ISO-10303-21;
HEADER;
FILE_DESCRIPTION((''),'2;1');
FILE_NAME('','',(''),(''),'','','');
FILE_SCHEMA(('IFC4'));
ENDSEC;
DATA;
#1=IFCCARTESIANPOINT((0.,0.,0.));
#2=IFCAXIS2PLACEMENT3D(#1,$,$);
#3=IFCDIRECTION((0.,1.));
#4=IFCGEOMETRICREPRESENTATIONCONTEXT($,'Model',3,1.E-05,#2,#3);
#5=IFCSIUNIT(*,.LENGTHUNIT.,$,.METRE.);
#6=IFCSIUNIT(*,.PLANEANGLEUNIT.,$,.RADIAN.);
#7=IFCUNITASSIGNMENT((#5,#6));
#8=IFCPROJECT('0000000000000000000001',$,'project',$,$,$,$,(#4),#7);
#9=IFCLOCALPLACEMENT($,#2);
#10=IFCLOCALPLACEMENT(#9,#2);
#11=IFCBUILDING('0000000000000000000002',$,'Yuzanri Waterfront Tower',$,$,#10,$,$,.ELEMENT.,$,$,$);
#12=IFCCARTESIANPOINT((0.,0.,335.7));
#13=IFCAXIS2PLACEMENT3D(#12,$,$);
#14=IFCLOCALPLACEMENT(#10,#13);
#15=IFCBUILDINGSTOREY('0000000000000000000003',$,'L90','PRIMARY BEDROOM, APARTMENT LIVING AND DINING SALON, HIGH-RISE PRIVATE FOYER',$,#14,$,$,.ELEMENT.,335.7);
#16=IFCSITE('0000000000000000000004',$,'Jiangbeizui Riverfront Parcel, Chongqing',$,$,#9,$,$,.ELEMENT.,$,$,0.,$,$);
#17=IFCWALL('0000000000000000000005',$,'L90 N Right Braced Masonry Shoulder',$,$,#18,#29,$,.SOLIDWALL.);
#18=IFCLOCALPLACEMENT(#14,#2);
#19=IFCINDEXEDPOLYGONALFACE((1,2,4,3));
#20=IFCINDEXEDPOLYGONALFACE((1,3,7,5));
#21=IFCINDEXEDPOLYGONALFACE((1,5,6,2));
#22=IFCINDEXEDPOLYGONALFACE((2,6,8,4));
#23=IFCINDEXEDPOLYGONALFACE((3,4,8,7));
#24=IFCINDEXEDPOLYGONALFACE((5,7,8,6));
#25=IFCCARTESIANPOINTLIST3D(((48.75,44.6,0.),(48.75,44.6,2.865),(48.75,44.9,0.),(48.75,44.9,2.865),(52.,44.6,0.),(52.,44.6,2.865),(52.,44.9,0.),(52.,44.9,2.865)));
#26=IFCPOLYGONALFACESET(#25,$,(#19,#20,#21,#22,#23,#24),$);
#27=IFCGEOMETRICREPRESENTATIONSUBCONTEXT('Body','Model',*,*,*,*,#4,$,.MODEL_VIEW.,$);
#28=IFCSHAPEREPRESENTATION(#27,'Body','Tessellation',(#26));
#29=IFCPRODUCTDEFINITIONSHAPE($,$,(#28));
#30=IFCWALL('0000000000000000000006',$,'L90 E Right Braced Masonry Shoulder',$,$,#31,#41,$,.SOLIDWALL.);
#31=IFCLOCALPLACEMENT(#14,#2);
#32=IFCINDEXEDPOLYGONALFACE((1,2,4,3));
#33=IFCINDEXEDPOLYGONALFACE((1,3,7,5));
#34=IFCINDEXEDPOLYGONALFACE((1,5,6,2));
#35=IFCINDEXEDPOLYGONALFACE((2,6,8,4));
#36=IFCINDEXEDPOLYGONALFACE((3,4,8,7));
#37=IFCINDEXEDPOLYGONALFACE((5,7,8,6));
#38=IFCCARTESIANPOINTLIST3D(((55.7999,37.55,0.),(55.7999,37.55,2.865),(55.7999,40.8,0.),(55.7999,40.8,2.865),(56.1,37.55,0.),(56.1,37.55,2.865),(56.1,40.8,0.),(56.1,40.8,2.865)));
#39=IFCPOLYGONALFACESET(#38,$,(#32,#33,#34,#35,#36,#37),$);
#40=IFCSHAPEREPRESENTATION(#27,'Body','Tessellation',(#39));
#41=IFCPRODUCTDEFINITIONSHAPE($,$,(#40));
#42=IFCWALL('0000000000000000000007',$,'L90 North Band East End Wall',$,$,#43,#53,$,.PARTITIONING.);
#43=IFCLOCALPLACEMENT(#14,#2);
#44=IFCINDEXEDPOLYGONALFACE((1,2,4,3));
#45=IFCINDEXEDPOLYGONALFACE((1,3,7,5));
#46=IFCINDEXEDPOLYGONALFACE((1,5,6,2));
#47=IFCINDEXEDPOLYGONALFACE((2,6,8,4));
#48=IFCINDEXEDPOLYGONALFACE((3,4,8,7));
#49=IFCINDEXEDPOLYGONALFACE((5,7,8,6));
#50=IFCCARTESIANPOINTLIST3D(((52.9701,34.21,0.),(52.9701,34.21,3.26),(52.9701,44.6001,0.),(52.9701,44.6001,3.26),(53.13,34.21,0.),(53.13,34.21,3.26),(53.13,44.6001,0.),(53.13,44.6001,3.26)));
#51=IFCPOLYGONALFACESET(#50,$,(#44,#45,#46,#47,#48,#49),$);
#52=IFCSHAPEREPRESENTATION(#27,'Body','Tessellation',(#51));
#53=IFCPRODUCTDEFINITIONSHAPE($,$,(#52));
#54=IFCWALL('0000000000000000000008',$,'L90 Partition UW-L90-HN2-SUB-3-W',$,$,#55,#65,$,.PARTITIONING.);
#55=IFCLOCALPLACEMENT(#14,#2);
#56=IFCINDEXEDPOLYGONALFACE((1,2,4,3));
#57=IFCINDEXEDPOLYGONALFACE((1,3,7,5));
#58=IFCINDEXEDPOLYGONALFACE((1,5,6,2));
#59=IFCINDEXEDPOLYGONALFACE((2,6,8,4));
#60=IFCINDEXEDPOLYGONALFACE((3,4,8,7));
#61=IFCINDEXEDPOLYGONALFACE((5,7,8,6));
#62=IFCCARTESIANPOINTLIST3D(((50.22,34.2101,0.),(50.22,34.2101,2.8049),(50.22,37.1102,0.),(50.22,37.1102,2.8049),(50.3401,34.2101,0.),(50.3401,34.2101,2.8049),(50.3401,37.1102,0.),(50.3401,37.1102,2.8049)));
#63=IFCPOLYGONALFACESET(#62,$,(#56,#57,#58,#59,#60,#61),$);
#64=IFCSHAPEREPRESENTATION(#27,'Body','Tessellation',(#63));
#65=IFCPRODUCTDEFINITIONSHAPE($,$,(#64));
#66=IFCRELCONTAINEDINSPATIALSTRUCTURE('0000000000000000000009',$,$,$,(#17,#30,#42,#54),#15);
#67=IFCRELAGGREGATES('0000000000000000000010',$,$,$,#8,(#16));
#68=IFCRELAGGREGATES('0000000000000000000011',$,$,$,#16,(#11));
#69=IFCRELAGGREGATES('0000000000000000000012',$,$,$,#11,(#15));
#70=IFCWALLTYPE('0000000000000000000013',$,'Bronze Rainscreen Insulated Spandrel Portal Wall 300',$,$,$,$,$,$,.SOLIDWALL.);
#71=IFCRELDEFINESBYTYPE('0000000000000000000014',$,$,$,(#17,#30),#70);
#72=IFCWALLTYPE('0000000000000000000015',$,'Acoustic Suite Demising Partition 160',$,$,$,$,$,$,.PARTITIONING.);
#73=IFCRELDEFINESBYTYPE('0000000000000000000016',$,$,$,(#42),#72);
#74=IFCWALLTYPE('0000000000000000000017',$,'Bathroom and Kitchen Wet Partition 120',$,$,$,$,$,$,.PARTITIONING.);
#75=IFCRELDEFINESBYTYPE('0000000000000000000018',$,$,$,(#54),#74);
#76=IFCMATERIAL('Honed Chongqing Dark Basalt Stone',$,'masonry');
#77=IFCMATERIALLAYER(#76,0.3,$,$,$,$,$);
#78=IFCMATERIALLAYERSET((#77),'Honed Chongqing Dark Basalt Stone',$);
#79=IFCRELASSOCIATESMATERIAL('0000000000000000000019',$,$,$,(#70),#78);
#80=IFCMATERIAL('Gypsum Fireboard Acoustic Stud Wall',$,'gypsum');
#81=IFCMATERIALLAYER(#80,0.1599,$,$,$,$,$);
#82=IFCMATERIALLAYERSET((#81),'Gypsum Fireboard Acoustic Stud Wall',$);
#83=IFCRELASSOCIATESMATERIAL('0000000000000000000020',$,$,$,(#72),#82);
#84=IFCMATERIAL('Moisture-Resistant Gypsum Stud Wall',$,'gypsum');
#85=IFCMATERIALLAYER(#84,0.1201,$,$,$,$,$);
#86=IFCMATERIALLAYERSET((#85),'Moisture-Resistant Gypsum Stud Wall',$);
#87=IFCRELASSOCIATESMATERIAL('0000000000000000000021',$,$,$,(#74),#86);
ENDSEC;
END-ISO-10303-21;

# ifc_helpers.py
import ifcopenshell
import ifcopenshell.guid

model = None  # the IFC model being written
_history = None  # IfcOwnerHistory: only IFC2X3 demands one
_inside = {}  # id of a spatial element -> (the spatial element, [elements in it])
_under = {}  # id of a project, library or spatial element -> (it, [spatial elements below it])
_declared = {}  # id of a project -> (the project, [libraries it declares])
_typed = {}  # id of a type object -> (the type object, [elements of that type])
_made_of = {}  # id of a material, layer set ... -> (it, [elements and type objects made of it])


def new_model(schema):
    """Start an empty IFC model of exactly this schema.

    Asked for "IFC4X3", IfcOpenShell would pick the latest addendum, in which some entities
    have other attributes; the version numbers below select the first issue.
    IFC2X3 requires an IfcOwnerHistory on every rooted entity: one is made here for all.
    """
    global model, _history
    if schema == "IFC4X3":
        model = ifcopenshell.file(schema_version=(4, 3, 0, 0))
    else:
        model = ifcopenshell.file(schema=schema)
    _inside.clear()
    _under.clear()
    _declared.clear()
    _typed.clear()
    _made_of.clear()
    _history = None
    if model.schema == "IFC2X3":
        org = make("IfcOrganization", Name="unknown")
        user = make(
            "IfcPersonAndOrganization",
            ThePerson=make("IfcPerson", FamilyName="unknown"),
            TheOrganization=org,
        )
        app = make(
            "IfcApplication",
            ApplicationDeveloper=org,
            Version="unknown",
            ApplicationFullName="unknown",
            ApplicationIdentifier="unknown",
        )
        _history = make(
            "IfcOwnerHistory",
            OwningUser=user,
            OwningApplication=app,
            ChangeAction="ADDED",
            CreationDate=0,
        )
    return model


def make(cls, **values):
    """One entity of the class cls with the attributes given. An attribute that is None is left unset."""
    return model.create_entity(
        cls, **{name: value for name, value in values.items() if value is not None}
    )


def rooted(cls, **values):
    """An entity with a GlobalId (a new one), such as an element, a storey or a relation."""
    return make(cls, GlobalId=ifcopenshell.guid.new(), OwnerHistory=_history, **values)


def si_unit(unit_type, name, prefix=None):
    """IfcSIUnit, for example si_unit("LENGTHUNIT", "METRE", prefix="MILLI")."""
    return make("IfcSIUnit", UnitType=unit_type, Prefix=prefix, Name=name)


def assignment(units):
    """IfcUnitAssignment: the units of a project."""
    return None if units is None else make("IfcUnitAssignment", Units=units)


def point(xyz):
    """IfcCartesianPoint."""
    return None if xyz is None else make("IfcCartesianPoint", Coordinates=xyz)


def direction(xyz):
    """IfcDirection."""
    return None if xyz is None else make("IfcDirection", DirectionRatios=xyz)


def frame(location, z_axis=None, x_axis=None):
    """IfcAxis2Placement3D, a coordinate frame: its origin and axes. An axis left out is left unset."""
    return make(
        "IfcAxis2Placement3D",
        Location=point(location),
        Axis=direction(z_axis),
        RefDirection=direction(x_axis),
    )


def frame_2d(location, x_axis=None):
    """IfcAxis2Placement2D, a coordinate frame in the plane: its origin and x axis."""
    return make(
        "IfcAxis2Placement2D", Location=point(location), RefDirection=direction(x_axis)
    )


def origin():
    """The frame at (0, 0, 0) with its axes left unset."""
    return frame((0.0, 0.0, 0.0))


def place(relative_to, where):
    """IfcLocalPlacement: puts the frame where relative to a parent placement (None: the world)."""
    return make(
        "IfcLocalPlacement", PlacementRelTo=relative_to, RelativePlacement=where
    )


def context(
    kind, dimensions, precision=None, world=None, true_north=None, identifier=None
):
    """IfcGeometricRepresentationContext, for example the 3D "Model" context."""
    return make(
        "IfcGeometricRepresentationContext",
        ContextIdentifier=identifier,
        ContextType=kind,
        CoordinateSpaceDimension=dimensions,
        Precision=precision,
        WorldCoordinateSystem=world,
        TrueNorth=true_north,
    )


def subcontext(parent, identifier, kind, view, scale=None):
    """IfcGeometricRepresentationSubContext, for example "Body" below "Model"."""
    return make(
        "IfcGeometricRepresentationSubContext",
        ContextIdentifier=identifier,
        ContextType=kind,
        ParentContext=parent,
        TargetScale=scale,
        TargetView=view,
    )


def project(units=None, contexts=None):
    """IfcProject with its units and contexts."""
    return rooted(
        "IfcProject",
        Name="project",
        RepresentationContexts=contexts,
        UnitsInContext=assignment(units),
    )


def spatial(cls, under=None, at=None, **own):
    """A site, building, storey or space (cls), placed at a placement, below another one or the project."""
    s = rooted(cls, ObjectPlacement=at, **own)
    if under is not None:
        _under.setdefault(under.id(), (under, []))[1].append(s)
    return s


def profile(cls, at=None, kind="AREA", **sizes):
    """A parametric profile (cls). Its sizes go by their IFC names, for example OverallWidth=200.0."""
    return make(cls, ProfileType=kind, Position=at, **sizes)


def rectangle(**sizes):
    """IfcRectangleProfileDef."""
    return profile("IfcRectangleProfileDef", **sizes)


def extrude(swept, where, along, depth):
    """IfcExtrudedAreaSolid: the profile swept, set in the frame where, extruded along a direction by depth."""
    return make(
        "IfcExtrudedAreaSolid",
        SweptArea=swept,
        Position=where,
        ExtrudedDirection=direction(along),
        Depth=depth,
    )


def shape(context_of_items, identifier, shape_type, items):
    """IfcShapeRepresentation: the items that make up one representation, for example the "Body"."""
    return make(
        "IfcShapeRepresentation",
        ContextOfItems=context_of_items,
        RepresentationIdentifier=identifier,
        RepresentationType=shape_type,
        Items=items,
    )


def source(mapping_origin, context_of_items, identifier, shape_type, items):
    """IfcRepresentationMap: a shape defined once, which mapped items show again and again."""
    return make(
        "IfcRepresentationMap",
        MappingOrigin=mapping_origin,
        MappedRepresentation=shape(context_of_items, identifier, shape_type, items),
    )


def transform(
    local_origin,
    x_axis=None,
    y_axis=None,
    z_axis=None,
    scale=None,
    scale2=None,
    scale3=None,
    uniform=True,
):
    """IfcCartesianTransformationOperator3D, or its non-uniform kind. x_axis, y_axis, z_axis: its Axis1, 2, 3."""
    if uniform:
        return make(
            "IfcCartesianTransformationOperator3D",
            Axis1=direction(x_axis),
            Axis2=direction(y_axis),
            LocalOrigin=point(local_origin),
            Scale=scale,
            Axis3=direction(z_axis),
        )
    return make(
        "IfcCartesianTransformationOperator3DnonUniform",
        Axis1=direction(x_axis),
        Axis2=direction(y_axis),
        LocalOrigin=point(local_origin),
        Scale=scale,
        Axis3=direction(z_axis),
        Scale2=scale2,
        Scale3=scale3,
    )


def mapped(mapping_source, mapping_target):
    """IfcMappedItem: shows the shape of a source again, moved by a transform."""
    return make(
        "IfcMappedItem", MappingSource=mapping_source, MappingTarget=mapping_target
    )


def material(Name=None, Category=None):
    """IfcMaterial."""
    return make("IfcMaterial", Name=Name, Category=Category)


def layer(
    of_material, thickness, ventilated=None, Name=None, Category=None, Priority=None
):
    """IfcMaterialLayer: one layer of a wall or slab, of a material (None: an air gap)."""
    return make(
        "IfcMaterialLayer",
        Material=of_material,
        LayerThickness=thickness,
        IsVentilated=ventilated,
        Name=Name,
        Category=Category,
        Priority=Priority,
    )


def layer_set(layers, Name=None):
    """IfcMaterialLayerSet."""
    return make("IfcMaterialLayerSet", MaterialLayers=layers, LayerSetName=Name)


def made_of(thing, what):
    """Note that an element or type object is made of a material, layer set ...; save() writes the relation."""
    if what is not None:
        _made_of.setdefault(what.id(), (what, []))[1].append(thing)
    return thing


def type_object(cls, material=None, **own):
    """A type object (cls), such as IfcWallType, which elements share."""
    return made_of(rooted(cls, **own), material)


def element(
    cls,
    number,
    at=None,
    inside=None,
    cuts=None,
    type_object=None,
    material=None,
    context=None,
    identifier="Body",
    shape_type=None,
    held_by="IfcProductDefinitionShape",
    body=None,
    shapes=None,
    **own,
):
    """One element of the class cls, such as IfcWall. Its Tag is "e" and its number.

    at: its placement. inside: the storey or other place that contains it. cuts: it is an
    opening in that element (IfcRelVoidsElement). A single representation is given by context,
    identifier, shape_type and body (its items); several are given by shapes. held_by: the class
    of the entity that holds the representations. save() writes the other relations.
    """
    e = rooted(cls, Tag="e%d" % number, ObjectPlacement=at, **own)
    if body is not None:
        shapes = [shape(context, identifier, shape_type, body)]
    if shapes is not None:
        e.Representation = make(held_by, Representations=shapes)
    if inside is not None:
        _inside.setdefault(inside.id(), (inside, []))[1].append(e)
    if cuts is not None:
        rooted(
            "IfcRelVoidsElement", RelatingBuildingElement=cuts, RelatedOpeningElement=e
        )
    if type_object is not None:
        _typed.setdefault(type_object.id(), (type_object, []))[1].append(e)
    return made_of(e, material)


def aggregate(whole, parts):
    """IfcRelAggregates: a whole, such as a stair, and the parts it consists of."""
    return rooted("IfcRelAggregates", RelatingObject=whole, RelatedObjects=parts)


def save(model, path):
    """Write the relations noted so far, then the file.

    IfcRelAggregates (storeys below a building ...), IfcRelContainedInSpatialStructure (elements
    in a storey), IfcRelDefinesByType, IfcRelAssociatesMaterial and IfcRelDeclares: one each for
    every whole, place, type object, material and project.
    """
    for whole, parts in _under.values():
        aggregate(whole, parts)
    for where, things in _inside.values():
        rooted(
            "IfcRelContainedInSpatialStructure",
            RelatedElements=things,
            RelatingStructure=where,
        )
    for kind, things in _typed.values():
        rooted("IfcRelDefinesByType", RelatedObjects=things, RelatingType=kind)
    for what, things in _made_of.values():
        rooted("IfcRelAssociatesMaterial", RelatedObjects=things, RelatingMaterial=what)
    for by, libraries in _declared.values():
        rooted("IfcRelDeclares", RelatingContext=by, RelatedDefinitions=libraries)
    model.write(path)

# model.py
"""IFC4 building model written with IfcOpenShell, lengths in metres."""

from ifc_helpers import new_model, si_unit, direction, frame, frame_2d, origin, place, context, subcontext, project, spatial, rectangle, extrude, source, transform, mapped, material, layer, layer_set, type_object, element, save


model = new_model("IFC4")

# Units and contexts
model_context = context("Model", 3, precision=1e-05, world=origin(), true_north=direction((0.0, 1.0)))
body_context = subcontext(model_context, "Body", "Model", "MODEL_VIEW")
ifc_project = project(units=[si_unit("LENGTHUNIT", "METRE"), si_unit("PLANEANGLEUNIT", "RADIAN")], contexts=[model_context])

# Site, building, storey
site_placement = place(None, origin())
site = spatial("IfcSite", under=ifc_project, at=site_placement, Name="Jiangbeizui Riverfront Parcel, Chongqing", CompositionType="ELEMENT", RefElevation=0.0)
building_placement = place(site_placement, origin())
building = spatial("IfcBuilding", under=site, at=building_placement, Name="Yuzanri Waterfront Tower", CompositionType="ELEMENT")
storey_placement = place(building_placement, frame((0.0, 0.0, 335.7)))
storey = spatial("IfcBuildingStorey", under=building, at=storey_placement, Name="L90", Description="PRIMARY BEDROOM, APARTMENT LIVING AND DINING SALON, HIGH-RISE PRIVATE FOYER", CompositionType="ELEMENT", Elevation=335.7)

# Shared definitions
ifc_material_1 = material(Name="Honed Chongqing Dark Basalt Stone", Category="masonry")
ifc_layer_1 = layer(ifc_material_1, 0.3)
ifc_layer_set_1 = layer_set([ifc_layer_1], Name="Honed Chongqing Dark Basalt Stone")
wall_type_1 = type_object("IfcWallType", Name="Bronze Rainscreen Insulated Spandrel Portal Wall 300", PredefinedType="SOLIDWALL", material=ifc_layer_set_1)

# Walls
shared_shape_1 = source(origin(), body_context, "Body", "SweptSolid", [
    extrude(rectangle(XDim=3.25, YDim=0.3, at=frame_2d((1.625, 0.0))), origin(), (0.0, 0.0, 1.0), 2.865),
])
for number, where, z_axis, x_axis, name in (
    (1, (48.75, 44.75, 0.0), (0.0, 0.0, 1.0), (1.0, 0.0, 0.0), "L90 N Right Braced Masonry Shoulder"),
    (2, (55.95, 37.55, 0.0), (0.0, 0.0, 1.0), (0.0, 1.0, 0.0), "L90 E Right Braced Masonry Shoulder"),
):
    element("IfcWall", number, at=place(storey_placement, frame(where, z_axis=z_axis, x_axis=x_axis)), inside=storey, type_object=wall_type_1, Name=name, PredefinedType="SOLIDWALL", context=body_context, shape_type="MappedRepresentation", body=[
        mapped(shared_shape_1, transform((0.0, 0.0, 0.0), scale=1.0)),
    ])
ifc_material_2 = material(Name="Gypsum Fireboard Acoustic Stud Wall", Category="gypsum")
ifc_layer_2 = layer(ifc_material_2, 0.1599)
ifc_layer_set_2 = layer_set([ifc_layer_2], Name="Gypsum Fireboard Acoustic Stud Wall")
wall_type_2 = type_object("IfcWallType", Name="Acoustic Suite Demising Partition 160", PredefinedType="PARTITIONING", material=ifc_layer_set_2)
shared_shape_2 = source(origin(), body_context, "Body", "SweptSolid", [
    extrude(rectangle(XDim=10.3901, YDim=0.1599, at=frame_2d((5.1951, 0.0))), origin(), (0.0, 0.0, 1.0), 3.26),
])
wall_1_placement = place(storey_placement, frame((53.05, 34.21, 0.0), z_axis=(0.0, 0.0, 1.0), x_axis=(0.0, 1.0, 0.0)))
element("IfcWall", 3, at=wall_1_placement, inside=storey, type_object=wall_type_2, Name="L90 North Band East End Wall", PredefinedType="PARTITIONING", context=body_context, shape_type="MappedRepresentation", body=[
    mapped(shared_shape_2, transform((0.0, 0.0, 0.0), scale=1.0)),
])
ifc_material_3 = material(Name="Moisture-Resistant Gypsum Stud Wall", Category="gypsum")
ifc_layer_3 = layer(ifc_material_3, 0.1201)
ifc_layer_set_3 = layer_set([ifc_layer_3], Name="Moisture-Resistant Gypsum Stud Wall")
wall_type_3 = type_object("IfcWallType", Name="Bathroom and Kitchen Wet Partition 120", PredefinedType="PARTITIONING", material=ifc_layer_set_3)
shared_shape_3 = source(origin(), body_context, "Body", "SweptSolid", [
    extrude(rectangle(XDim=2.9001, YDim=0.1201, at=frame_2d((1.4502, 0.0))), origin(), (0.0, 0.0, 1.0), 2.8049),
])
wall_2_placement = place(storey_placement, frame((50.28, 34.21, 0.0), z_axis=(0.0, 0.0, 1.0), x_axis=(0.0, 1.0, 0.0)))
element("IfcWall", 4, at=wall_2_placement, inside=storey, type_object=wall_type_3, Name="L90 Partition UW-L90-HN2-SUB-3-W", PredefinedType="PARTITIONING", context=body_context, shape_type="MappedRepresentation", body=[
    mapped(shared_shape_3, transform((0.0, 0.0, 0.0), scale=1.0)),
])

save(model, "model.ifc")
